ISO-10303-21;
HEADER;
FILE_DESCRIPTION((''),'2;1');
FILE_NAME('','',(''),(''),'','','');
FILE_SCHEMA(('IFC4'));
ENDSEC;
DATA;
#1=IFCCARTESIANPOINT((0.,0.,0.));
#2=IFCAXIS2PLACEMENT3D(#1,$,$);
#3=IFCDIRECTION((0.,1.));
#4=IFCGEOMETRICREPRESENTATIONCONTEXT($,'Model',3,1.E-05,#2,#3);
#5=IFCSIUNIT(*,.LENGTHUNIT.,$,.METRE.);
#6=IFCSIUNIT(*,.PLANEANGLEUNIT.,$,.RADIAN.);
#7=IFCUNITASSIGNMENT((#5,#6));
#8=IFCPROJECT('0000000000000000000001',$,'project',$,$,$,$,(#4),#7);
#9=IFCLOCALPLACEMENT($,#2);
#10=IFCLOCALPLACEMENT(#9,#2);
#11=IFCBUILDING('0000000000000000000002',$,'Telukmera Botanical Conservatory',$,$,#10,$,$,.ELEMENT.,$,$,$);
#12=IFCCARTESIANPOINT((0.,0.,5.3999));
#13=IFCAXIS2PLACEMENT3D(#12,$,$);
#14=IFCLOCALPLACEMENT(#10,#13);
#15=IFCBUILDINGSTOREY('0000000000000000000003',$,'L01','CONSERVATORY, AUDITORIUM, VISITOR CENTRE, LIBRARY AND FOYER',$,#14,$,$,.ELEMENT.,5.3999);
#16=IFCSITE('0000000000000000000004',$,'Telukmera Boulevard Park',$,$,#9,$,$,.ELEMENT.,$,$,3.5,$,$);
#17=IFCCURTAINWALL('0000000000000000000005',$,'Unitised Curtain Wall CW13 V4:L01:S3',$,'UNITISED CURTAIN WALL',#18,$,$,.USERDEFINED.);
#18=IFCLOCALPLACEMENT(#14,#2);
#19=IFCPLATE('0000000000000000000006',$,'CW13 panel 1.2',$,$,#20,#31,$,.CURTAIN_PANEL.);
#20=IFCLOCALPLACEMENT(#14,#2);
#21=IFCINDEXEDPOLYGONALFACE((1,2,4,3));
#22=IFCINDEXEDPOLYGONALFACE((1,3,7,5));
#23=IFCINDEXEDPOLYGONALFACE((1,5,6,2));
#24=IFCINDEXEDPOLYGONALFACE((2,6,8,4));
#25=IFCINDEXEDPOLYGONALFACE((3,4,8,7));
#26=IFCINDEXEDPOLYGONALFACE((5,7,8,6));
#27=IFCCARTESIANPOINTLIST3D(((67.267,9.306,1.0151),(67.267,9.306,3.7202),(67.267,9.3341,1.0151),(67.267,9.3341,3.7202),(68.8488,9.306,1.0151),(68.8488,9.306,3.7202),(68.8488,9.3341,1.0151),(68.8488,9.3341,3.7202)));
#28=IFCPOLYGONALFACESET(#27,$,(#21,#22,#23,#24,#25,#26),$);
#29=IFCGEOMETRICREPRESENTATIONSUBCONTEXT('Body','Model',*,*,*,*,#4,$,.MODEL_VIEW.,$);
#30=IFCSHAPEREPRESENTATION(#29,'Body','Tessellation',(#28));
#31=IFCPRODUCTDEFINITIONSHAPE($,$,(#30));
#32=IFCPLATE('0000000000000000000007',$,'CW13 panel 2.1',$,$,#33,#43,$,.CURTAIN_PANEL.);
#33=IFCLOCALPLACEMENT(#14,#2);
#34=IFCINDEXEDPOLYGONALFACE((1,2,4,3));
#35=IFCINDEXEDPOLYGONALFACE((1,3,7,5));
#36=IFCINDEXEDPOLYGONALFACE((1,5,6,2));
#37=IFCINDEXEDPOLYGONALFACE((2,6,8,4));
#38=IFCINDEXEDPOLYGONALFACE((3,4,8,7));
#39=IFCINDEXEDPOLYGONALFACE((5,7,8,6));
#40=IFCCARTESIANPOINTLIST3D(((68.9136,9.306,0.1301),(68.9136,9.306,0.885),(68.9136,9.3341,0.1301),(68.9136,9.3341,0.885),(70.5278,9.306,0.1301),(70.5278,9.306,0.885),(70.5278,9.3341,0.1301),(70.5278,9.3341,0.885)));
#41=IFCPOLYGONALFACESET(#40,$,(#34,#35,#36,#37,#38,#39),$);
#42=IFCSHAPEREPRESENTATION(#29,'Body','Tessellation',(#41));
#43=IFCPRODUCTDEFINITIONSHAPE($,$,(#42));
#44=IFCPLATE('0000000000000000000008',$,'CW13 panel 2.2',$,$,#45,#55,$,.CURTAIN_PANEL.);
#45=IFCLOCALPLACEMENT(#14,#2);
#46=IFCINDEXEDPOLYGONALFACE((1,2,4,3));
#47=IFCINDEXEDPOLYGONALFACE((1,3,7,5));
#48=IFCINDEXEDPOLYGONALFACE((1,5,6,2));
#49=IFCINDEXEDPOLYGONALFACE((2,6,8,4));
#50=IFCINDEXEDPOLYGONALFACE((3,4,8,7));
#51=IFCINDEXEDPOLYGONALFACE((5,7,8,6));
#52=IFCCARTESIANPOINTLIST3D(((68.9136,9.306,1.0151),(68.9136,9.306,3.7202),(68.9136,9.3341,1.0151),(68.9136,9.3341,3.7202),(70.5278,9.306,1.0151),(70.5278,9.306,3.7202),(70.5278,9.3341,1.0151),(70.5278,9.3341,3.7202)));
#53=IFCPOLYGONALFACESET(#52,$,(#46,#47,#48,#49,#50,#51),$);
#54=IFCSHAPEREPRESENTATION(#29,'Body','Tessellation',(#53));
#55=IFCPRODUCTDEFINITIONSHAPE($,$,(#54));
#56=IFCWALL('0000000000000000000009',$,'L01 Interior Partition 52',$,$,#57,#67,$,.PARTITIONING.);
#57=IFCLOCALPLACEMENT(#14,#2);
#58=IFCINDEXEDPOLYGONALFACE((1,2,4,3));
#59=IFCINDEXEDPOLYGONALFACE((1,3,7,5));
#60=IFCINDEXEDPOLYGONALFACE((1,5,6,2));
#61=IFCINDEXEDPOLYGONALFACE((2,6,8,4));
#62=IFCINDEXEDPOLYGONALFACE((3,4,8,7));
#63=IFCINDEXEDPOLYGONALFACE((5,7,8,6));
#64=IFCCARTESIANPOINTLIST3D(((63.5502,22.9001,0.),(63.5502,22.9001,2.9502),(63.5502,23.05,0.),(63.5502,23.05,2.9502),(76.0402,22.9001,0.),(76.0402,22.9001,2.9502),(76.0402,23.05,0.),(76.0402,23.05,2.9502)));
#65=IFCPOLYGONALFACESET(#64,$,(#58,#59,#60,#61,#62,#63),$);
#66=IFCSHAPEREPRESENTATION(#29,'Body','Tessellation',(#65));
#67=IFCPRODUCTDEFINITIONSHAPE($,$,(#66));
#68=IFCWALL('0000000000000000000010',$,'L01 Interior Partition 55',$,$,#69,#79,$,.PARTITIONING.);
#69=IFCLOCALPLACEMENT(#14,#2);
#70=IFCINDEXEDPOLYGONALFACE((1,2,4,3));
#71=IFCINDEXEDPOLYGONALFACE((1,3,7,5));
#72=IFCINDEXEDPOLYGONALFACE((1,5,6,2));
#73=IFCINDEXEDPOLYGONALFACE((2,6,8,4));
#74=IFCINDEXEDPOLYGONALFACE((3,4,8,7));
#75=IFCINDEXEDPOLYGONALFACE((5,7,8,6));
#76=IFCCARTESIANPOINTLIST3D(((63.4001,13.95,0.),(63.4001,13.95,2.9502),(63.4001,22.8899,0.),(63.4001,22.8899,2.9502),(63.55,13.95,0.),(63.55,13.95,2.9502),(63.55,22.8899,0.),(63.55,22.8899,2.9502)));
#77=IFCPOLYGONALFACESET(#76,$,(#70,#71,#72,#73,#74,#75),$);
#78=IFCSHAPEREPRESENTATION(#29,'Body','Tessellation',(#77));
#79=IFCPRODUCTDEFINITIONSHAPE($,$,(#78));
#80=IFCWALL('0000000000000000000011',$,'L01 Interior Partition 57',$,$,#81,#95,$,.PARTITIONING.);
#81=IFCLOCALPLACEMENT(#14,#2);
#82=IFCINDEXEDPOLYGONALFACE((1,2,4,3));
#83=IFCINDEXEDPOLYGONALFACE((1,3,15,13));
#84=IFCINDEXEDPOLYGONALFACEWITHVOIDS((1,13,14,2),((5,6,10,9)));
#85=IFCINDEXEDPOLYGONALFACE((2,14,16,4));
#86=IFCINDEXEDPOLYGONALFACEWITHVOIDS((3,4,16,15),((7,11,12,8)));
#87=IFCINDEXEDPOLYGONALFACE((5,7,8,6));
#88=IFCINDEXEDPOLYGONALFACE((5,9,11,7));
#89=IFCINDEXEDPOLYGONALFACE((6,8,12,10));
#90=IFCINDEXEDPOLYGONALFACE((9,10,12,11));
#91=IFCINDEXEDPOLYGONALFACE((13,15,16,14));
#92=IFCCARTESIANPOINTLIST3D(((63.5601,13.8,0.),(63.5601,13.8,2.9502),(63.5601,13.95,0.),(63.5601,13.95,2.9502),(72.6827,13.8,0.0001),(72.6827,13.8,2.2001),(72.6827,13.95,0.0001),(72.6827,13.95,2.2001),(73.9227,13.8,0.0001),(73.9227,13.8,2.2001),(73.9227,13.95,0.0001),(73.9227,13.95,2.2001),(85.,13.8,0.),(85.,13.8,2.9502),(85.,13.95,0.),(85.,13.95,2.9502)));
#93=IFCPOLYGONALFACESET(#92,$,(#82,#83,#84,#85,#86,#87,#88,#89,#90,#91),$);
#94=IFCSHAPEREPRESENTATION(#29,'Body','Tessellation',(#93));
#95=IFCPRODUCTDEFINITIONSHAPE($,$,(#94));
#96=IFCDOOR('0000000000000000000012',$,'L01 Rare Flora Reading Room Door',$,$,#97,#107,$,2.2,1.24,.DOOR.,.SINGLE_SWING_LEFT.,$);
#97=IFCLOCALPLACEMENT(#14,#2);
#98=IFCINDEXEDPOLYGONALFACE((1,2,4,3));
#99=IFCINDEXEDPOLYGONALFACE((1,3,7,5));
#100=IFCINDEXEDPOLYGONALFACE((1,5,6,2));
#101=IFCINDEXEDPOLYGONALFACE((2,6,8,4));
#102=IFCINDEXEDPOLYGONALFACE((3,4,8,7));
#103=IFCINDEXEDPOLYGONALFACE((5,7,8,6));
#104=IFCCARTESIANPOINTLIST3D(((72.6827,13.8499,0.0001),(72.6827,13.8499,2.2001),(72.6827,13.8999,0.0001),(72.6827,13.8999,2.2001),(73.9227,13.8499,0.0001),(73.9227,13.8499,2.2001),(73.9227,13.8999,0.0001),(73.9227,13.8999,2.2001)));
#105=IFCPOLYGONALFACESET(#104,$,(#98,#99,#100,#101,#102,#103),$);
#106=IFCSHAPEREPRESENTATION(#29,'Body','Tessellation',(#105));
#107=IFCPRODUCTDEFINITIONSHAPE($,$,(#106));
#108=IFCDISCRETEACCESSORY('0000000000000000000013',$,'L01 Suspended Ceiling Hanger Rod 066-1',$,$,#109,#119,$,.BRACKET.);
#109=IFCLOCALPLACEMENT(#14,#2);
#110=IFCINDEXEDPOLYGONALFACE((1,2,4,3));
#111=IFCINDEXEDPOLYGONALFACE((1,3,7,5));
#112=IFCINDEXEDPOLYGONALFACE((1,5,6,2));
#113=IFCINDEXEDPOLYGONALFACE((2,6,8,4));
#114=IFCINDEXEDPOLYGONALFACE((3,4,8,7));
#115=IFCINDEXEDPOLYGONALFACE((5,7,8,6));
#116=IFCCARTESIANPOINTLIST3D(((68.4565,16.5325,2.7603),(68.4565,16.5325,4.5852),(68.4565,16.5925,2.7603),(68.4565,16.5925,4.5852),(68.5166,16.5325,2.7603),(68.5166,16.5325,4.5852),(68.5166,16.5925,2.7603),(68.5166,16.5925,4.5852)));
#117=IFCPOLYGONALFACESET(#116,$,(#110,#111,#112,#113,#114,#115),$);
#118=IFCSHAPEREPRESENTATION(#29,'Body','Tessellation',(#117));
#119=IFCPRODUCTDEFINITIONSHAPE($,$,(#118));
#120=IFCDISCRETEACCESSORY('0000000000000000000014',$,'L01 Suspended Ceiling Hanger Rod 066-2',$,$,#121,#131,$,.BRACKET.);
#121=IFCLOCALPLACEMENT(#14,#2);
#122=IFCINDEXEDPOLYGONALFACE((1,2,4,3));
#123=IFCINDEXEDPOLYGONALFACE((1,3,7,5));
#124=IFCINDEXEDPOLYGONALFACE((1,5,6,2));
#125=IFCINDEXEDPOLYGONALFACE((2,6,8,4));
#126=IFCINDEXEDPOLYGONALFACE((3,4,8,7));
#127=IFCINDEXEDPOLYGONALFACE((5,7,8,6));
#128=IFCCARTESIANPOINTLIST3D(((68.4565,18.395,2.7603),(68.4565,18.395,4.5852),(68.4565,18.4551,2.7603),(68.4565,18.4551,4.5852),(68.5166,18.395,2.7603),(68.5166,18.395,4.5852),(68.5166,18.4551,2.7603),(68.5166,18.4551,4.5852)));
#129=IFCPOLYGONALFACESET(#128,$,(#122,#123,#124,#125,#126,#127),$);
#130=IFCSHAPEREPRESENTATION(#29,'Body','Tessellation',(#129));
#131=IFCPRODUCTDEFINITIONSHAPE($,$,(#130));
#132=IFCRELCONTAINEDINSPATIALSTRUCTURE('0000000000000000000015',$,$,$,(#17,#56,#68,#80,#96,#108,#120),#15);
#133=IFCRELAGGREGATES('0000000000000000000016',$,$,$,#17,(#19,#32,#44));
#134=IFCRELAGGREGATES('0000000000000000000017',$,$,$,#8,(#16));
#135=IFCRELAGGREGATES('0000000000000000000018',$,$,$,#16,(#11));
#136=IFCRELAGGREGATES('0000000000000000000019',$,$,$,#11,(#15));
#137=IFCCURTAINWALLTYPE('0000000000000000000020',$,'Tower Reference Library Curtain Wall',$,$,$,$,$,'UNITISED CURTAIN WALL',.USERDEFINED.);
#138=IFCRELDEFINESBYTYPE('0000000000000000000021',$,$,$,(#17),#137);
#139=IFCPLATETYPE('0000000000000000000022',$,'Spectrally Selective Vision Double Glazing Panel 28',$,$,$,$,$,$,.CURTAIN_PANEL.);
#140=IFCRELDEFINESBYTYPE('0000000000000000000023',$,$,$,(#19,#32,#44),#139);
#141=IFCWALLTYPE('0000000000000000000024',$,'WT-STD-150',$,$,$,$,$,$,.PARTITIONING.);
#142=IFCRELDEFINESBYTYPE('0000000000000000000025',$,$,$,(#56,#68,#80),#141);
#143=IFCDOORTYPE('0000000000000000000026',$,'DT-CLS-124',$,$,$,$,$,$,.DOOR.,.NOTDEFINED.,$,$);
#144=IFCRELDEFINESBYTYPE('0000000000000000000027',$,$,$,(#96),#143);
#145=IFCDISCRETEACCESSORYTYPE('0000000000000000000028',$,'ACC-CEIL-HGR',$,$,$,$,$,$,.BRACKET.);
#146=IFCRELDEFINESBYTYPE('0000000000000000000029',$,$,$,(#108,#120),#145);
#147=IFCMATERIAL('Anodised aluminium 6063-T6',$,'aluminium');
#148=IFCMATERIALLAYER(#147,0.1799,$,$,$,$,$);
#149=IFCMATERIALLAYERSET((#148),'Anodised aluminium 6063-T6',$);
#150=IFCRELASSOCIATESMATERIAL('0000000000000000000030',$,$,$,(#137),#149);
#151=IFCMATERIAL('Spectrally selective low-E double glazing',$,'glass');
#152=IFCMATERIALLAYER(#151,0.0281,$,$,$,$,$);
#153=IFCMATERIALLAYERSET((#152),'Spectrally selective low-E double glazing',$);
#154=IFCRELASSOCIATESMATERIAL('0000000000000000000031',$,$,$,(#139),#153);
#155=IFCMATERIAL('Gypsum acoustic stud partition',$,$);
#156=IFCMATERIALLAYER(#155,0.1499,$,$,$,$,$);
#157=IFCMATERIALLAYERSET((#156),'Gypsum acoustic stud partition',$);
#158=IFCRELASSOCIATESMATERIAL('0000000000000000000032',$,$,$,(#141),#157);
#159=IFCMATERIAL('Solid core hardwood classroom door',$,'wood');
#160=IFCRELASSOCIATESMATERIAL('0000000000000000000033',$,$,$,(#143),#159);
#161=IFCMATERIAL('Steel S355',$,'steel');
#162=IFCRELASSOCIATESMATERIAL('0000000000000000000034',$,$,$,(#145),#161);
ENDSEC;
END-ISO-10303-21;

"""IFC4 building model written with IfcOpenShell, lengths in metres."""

from ifc_helpers import new_model, si_unit, direction, frame, frame_2d, origin, origin_2d, place, context, subcontext, project, spatial, rectangle, extrude, material, layer, layer_set, type_object, element, fill, aggregate, save


model = new_model("IFC4")

# Units and contexts
model_context = context("Model", 3, precision=1e-05, world=origin(), true_north=direction((0.0, 1.0)))
body_context = subcontext(model_context, "Body", "Model", "MODEL_VIEW")
ifc_project = project(units=[si_unit("LENGTHUNIT", "METRE"), si_unit("PLANEANGLEUNIT", "RADIAN")], contexts=[model_context])

# Site, building, storey
site_placement = place(None, origin())
site = spatial("IfcSite", under=ifc_project, at=site_placement, Name="Telukmera Boulevard Park", CompositionType="ELEMENT", RefElevation=3.5)
building_placement = place(site_placement, origin())
building = spatial("IfcBuilding", under=site, at=building_placement, Name="Telukmera Botanical Conservatory", CompositionType="ELEMENT")
storey_placement = place(building_placement, frame((0.0, 0.0, 5.3999)))
storey = spatial("IfcBuildingStorey", under=building, at=storey_placement, Name="L01", Description="CONSERVATORY, AUDITORIUM, VISITOR CENTRE, LIBRARY AND FOYER", CompositionType="ELEMENT", Elevation=5.3999)

# Curtain wall, plates
ifc_material_1 = material(Name="Anodised aluminium 6063-T6", Category="aluminium")
ifc_layer_1 = layer(ifc_material_1, 0.1799)
ifc_layer_set_1 = layer_set([ifc_layer_1], Name="Anodised aluminium 6063-T6")
curtain_wall_type = type_object("IfcCurtainWallType", Name="Tower Reference Library Curtain Wall", ElementType="UNITISED CURTAIN WALL", PredefinedType="USERDEFINED", material=ifc_layer_set_1)
curtain_wall_placement = place(storey_placement, origin())
curtain_wall = element("IfcCurtainWall", 1, at=curtain_wall_placement, inside=storey, type_object=curtain_wall_type, Name="Unitised Curtain Wall CW13 V4:L01:S3", ObjectType="UNITISED CURTAIN WALL", PredefinedType="USERDEFINED")
ifc_material_2 = material(Name="Spectrally selective low-E double glazing", Category="glass")
ifc_layer_2 = layer(ifc_material_2, 0.0281)
ifc_layer_set_2 = layer_set([ifc_layer_2], Name="Spectrally selective low-E double glazing")
plate_type = type_object("IfcPlateType", Name="Spectrally Selective Vision Double Glazing Panel 28", PredefinedType="CURTAIN_PANEL", material=ifc_layer_set_2)
plate_1_placement = place(storey_placement, frame((68.0579, 9.3201, 1.0151), z_axis=(0.0, 0.0, 1.0), x_axis=(1.0, 0.0, 0.0)))
plate_1 = element("IfcPlate", 2, at=plate_1_placement, type_object=plate_type, Name="CW13 panel 1.2", PredefinedType="CURTAIN_PANEL", context=body_context, shape_type="SweptSolid", body=[
    extrude(rectangle(XDim=1.5818, YDim=0.0281, at=origin_2d()), origin(), (0.0, 0.0, 1.0), 2.7051),
])
plate_2_placement = place(storey_placement, frame((69.7207, 9.3201, 0.1301), z_axis=(0.0, 0.0, 1.0), x_axis=(1.0, 0.0, 0.0)))
plate_2 = element("IfcPlate", 3, at=plate_2_placement, type_object=plate_type, Name="CW13 panel 2.1", PredefinedType="CURTAIN_PANEL", context=body_context, shape_type="SweptSolid", body=[
    extrude(rectangle(XDim=1.6143, YDim=0.0281, at=origin_2d()), origin(), (0.0, 0.0, 1.0), 0.7549),
])
plate_3_placement = place(storey_placement, frame((69.7207, 9.3201, 1.0151), z_axis=(0.0, 0.0, 1.0), x_axis=(1.0, 0.0, 0.0)))
plate_3 = element("IfcPlate", 4, at=plate_3_placement, type_object=plate_type, Name="CW13 panel 2.2", PredefinedType="CURTAIN_PANEL", context=body_context, shape_type="SweptSolid", body=[
    extrude(rectangle(XDim=1.6143, YDim=0.0281, at=origin_2d()), origin(), (0.0, 0.0, 1.0), 2.7051),
])
aggregate(curtain_wall, [plate_1, plate_2, plate_3])

# Walls
ifc_material_3 = material(Name="Gypsum acoustic stud partition")
ifc_layer_3 = layer(ifc_material_3, 0.1499)
ifc_layer_set_3 = layer_set([ifc_layer_3], Name="Gypsum acoustic stud partition")
wall_type = type_object("IfcWallType", Name="WT-STD-150", PredefinedType="PARTITIONING", material=ifc_layer_set_3)
wall_1_placement = place(storey_placement, frame((63.55, 22.9751, 0.0), z_axis=(0.0, 0.0, 1.0), x_axis=(1.0, 0.0, 0.0)))
element("IfcWall", 5, at=wall_1_placement, inside=storey, type_object=wall_type, Name="L01 Interior Partition 52", PredefinedType="PARTITIONING", context=body_context, shape_type="SweptSolid", body=[
    extrude(rectangle(XDim=12.49, YDim=0.1499, at=frame_2d((6.2451, 0.0))), origin(), (0.0, 0.0, 1.0), 2.9502),
])
wall_2_placement = place(storey_placement, frame((63.4751, 13.95, 0.0), z_axis=(0.0, 0.0, 1.0), x_axis=(0.0, 1.0, 0.0)))
element("IfcWall", 6, at=wall_2_placement, inside=storey, type_object=wall_type, Name="L01 Interior Partition 55", PredefinedType="PARTITIONING", context=body_context, shape_type="SweptSolid", body=[
    extrude(rectangle(XDim=8.9399, YDim=0.1499, at=frame_2d((4.47, 0.0))), origin(), (0.0, 0.0, 1.0), 2.9502),
])

# Wall, opening, door
wall_3_placement = place(storey_placement, frame((63.5601, 13.875, 0.0), z_axis=(0.0, 0.0, 1.0), x_axis=(1.0, 0.0, 0.0)))
wall_3 = element("IfcWall", 7, at=wall_3_placement, inside=storey, type_object=wall_type, Name="L01 Interior Partition 57", PredefinedType="PARTITIONING", context=body_context, shape_type="SweptSolid", body=[
    extrude(rectangle(XDim=21.4399, YDim=0.1499, at=frame_2d((10.72, 0.0))), origin(), (0.0, 0.0, 1.0), 2.9502),
])
opening_placement = place(wall_3_placement, frame((9.1226, 0.0, 0.0)))
opening = element("IfcOpeningElement", 8, at=opening_placement, cuts=wall_3, PredefinedType="OPENING", context=body_context, shape_type="SweptSolid", body=[
    extrude(rectangle(XDim=1.24, YDim=2.2, at=frame_2d((0.6201, 1.1001))), frame((0.0, 0.085, 0.0), z_axis=(0.0, -1.0, 0.0), x_axis=(1.0, 0.0, 0.0)), (0.0, 0.0, 1.0), 0.1699),
])
ifc_material_4 = material(Name="Solid core hardwood classroom door", Category="wood")
door_type = type_object("IfcDoorType", Name="DT-CLS-124", OperationType="NOTDEFINED", PredefinedType="DOOR", material=ifc_material_4)
door_placement = place(opening_placement, origin())
door = element("IfcDoor", 9, at=door_placement, inside=storey, type_object=door_type, Name="L01 Rare Flora Reading Room Door", OperationType="SINGLE_SWING_LEFT", OverallHeight=2.2, OverallWidth=1.24, PredefinedType="DOOR", context=body_context, shape_type="SweptSolid", body=[
    extrude(rectangle(XDim=1.24, YDim=2.2, at=frame_2d((0.6201, 1.1001))), frame((0.0, 0.0249, 0.0), z_axis=(0.0, -1.0, 0.0), x_axis=(1.0, 0.0, 0.0)), (0.0, 0.0, 1.0), 0.05),
])
fill(opening, door)

# Discrete accessories
ifc_material_5 = material(Name="Steel S355", Category="steel")
discrete_accessory_type = type_object("IfcDiscreteAccessoryType", Name="ACC-CEIL-HGR", PredefinedType="BRACKET", material=ifc_material_5)
for number, where, z_axis, x_axis, name in (
    (10, (68.4866, 16.5625, 2.7603), (0.0, 0.0, 1.0), (1.0, 0.0, 0.0), "L01 Suspended Ceiling Hanger Rod 066-1"),
    (11, (68.4866, 18.425, 2.7603), (0.0, 0.0, 1.0), (1.0, 0.0, 0.0), "L01 Suspended Ceiling Hanger Rod 066-2"),
):
    element("IfcDiscreteAccessory", number, at=place(storey_placement, frame(where, z_axis=z_axis, x_axis=x_axis)), inside=storey, type_object=discrete_accessory_type, Name=name, PredefinedType="BRACKET", context=body_context, shape_type="SweptSolid", body=[
        extrude(rectangle(XDim=0.0601, YDim=0.0601, at=origin_2d()), origin(), (0.0, 0.0, 1.0), 1.825),
    ])

save(model, "model.ifc")
